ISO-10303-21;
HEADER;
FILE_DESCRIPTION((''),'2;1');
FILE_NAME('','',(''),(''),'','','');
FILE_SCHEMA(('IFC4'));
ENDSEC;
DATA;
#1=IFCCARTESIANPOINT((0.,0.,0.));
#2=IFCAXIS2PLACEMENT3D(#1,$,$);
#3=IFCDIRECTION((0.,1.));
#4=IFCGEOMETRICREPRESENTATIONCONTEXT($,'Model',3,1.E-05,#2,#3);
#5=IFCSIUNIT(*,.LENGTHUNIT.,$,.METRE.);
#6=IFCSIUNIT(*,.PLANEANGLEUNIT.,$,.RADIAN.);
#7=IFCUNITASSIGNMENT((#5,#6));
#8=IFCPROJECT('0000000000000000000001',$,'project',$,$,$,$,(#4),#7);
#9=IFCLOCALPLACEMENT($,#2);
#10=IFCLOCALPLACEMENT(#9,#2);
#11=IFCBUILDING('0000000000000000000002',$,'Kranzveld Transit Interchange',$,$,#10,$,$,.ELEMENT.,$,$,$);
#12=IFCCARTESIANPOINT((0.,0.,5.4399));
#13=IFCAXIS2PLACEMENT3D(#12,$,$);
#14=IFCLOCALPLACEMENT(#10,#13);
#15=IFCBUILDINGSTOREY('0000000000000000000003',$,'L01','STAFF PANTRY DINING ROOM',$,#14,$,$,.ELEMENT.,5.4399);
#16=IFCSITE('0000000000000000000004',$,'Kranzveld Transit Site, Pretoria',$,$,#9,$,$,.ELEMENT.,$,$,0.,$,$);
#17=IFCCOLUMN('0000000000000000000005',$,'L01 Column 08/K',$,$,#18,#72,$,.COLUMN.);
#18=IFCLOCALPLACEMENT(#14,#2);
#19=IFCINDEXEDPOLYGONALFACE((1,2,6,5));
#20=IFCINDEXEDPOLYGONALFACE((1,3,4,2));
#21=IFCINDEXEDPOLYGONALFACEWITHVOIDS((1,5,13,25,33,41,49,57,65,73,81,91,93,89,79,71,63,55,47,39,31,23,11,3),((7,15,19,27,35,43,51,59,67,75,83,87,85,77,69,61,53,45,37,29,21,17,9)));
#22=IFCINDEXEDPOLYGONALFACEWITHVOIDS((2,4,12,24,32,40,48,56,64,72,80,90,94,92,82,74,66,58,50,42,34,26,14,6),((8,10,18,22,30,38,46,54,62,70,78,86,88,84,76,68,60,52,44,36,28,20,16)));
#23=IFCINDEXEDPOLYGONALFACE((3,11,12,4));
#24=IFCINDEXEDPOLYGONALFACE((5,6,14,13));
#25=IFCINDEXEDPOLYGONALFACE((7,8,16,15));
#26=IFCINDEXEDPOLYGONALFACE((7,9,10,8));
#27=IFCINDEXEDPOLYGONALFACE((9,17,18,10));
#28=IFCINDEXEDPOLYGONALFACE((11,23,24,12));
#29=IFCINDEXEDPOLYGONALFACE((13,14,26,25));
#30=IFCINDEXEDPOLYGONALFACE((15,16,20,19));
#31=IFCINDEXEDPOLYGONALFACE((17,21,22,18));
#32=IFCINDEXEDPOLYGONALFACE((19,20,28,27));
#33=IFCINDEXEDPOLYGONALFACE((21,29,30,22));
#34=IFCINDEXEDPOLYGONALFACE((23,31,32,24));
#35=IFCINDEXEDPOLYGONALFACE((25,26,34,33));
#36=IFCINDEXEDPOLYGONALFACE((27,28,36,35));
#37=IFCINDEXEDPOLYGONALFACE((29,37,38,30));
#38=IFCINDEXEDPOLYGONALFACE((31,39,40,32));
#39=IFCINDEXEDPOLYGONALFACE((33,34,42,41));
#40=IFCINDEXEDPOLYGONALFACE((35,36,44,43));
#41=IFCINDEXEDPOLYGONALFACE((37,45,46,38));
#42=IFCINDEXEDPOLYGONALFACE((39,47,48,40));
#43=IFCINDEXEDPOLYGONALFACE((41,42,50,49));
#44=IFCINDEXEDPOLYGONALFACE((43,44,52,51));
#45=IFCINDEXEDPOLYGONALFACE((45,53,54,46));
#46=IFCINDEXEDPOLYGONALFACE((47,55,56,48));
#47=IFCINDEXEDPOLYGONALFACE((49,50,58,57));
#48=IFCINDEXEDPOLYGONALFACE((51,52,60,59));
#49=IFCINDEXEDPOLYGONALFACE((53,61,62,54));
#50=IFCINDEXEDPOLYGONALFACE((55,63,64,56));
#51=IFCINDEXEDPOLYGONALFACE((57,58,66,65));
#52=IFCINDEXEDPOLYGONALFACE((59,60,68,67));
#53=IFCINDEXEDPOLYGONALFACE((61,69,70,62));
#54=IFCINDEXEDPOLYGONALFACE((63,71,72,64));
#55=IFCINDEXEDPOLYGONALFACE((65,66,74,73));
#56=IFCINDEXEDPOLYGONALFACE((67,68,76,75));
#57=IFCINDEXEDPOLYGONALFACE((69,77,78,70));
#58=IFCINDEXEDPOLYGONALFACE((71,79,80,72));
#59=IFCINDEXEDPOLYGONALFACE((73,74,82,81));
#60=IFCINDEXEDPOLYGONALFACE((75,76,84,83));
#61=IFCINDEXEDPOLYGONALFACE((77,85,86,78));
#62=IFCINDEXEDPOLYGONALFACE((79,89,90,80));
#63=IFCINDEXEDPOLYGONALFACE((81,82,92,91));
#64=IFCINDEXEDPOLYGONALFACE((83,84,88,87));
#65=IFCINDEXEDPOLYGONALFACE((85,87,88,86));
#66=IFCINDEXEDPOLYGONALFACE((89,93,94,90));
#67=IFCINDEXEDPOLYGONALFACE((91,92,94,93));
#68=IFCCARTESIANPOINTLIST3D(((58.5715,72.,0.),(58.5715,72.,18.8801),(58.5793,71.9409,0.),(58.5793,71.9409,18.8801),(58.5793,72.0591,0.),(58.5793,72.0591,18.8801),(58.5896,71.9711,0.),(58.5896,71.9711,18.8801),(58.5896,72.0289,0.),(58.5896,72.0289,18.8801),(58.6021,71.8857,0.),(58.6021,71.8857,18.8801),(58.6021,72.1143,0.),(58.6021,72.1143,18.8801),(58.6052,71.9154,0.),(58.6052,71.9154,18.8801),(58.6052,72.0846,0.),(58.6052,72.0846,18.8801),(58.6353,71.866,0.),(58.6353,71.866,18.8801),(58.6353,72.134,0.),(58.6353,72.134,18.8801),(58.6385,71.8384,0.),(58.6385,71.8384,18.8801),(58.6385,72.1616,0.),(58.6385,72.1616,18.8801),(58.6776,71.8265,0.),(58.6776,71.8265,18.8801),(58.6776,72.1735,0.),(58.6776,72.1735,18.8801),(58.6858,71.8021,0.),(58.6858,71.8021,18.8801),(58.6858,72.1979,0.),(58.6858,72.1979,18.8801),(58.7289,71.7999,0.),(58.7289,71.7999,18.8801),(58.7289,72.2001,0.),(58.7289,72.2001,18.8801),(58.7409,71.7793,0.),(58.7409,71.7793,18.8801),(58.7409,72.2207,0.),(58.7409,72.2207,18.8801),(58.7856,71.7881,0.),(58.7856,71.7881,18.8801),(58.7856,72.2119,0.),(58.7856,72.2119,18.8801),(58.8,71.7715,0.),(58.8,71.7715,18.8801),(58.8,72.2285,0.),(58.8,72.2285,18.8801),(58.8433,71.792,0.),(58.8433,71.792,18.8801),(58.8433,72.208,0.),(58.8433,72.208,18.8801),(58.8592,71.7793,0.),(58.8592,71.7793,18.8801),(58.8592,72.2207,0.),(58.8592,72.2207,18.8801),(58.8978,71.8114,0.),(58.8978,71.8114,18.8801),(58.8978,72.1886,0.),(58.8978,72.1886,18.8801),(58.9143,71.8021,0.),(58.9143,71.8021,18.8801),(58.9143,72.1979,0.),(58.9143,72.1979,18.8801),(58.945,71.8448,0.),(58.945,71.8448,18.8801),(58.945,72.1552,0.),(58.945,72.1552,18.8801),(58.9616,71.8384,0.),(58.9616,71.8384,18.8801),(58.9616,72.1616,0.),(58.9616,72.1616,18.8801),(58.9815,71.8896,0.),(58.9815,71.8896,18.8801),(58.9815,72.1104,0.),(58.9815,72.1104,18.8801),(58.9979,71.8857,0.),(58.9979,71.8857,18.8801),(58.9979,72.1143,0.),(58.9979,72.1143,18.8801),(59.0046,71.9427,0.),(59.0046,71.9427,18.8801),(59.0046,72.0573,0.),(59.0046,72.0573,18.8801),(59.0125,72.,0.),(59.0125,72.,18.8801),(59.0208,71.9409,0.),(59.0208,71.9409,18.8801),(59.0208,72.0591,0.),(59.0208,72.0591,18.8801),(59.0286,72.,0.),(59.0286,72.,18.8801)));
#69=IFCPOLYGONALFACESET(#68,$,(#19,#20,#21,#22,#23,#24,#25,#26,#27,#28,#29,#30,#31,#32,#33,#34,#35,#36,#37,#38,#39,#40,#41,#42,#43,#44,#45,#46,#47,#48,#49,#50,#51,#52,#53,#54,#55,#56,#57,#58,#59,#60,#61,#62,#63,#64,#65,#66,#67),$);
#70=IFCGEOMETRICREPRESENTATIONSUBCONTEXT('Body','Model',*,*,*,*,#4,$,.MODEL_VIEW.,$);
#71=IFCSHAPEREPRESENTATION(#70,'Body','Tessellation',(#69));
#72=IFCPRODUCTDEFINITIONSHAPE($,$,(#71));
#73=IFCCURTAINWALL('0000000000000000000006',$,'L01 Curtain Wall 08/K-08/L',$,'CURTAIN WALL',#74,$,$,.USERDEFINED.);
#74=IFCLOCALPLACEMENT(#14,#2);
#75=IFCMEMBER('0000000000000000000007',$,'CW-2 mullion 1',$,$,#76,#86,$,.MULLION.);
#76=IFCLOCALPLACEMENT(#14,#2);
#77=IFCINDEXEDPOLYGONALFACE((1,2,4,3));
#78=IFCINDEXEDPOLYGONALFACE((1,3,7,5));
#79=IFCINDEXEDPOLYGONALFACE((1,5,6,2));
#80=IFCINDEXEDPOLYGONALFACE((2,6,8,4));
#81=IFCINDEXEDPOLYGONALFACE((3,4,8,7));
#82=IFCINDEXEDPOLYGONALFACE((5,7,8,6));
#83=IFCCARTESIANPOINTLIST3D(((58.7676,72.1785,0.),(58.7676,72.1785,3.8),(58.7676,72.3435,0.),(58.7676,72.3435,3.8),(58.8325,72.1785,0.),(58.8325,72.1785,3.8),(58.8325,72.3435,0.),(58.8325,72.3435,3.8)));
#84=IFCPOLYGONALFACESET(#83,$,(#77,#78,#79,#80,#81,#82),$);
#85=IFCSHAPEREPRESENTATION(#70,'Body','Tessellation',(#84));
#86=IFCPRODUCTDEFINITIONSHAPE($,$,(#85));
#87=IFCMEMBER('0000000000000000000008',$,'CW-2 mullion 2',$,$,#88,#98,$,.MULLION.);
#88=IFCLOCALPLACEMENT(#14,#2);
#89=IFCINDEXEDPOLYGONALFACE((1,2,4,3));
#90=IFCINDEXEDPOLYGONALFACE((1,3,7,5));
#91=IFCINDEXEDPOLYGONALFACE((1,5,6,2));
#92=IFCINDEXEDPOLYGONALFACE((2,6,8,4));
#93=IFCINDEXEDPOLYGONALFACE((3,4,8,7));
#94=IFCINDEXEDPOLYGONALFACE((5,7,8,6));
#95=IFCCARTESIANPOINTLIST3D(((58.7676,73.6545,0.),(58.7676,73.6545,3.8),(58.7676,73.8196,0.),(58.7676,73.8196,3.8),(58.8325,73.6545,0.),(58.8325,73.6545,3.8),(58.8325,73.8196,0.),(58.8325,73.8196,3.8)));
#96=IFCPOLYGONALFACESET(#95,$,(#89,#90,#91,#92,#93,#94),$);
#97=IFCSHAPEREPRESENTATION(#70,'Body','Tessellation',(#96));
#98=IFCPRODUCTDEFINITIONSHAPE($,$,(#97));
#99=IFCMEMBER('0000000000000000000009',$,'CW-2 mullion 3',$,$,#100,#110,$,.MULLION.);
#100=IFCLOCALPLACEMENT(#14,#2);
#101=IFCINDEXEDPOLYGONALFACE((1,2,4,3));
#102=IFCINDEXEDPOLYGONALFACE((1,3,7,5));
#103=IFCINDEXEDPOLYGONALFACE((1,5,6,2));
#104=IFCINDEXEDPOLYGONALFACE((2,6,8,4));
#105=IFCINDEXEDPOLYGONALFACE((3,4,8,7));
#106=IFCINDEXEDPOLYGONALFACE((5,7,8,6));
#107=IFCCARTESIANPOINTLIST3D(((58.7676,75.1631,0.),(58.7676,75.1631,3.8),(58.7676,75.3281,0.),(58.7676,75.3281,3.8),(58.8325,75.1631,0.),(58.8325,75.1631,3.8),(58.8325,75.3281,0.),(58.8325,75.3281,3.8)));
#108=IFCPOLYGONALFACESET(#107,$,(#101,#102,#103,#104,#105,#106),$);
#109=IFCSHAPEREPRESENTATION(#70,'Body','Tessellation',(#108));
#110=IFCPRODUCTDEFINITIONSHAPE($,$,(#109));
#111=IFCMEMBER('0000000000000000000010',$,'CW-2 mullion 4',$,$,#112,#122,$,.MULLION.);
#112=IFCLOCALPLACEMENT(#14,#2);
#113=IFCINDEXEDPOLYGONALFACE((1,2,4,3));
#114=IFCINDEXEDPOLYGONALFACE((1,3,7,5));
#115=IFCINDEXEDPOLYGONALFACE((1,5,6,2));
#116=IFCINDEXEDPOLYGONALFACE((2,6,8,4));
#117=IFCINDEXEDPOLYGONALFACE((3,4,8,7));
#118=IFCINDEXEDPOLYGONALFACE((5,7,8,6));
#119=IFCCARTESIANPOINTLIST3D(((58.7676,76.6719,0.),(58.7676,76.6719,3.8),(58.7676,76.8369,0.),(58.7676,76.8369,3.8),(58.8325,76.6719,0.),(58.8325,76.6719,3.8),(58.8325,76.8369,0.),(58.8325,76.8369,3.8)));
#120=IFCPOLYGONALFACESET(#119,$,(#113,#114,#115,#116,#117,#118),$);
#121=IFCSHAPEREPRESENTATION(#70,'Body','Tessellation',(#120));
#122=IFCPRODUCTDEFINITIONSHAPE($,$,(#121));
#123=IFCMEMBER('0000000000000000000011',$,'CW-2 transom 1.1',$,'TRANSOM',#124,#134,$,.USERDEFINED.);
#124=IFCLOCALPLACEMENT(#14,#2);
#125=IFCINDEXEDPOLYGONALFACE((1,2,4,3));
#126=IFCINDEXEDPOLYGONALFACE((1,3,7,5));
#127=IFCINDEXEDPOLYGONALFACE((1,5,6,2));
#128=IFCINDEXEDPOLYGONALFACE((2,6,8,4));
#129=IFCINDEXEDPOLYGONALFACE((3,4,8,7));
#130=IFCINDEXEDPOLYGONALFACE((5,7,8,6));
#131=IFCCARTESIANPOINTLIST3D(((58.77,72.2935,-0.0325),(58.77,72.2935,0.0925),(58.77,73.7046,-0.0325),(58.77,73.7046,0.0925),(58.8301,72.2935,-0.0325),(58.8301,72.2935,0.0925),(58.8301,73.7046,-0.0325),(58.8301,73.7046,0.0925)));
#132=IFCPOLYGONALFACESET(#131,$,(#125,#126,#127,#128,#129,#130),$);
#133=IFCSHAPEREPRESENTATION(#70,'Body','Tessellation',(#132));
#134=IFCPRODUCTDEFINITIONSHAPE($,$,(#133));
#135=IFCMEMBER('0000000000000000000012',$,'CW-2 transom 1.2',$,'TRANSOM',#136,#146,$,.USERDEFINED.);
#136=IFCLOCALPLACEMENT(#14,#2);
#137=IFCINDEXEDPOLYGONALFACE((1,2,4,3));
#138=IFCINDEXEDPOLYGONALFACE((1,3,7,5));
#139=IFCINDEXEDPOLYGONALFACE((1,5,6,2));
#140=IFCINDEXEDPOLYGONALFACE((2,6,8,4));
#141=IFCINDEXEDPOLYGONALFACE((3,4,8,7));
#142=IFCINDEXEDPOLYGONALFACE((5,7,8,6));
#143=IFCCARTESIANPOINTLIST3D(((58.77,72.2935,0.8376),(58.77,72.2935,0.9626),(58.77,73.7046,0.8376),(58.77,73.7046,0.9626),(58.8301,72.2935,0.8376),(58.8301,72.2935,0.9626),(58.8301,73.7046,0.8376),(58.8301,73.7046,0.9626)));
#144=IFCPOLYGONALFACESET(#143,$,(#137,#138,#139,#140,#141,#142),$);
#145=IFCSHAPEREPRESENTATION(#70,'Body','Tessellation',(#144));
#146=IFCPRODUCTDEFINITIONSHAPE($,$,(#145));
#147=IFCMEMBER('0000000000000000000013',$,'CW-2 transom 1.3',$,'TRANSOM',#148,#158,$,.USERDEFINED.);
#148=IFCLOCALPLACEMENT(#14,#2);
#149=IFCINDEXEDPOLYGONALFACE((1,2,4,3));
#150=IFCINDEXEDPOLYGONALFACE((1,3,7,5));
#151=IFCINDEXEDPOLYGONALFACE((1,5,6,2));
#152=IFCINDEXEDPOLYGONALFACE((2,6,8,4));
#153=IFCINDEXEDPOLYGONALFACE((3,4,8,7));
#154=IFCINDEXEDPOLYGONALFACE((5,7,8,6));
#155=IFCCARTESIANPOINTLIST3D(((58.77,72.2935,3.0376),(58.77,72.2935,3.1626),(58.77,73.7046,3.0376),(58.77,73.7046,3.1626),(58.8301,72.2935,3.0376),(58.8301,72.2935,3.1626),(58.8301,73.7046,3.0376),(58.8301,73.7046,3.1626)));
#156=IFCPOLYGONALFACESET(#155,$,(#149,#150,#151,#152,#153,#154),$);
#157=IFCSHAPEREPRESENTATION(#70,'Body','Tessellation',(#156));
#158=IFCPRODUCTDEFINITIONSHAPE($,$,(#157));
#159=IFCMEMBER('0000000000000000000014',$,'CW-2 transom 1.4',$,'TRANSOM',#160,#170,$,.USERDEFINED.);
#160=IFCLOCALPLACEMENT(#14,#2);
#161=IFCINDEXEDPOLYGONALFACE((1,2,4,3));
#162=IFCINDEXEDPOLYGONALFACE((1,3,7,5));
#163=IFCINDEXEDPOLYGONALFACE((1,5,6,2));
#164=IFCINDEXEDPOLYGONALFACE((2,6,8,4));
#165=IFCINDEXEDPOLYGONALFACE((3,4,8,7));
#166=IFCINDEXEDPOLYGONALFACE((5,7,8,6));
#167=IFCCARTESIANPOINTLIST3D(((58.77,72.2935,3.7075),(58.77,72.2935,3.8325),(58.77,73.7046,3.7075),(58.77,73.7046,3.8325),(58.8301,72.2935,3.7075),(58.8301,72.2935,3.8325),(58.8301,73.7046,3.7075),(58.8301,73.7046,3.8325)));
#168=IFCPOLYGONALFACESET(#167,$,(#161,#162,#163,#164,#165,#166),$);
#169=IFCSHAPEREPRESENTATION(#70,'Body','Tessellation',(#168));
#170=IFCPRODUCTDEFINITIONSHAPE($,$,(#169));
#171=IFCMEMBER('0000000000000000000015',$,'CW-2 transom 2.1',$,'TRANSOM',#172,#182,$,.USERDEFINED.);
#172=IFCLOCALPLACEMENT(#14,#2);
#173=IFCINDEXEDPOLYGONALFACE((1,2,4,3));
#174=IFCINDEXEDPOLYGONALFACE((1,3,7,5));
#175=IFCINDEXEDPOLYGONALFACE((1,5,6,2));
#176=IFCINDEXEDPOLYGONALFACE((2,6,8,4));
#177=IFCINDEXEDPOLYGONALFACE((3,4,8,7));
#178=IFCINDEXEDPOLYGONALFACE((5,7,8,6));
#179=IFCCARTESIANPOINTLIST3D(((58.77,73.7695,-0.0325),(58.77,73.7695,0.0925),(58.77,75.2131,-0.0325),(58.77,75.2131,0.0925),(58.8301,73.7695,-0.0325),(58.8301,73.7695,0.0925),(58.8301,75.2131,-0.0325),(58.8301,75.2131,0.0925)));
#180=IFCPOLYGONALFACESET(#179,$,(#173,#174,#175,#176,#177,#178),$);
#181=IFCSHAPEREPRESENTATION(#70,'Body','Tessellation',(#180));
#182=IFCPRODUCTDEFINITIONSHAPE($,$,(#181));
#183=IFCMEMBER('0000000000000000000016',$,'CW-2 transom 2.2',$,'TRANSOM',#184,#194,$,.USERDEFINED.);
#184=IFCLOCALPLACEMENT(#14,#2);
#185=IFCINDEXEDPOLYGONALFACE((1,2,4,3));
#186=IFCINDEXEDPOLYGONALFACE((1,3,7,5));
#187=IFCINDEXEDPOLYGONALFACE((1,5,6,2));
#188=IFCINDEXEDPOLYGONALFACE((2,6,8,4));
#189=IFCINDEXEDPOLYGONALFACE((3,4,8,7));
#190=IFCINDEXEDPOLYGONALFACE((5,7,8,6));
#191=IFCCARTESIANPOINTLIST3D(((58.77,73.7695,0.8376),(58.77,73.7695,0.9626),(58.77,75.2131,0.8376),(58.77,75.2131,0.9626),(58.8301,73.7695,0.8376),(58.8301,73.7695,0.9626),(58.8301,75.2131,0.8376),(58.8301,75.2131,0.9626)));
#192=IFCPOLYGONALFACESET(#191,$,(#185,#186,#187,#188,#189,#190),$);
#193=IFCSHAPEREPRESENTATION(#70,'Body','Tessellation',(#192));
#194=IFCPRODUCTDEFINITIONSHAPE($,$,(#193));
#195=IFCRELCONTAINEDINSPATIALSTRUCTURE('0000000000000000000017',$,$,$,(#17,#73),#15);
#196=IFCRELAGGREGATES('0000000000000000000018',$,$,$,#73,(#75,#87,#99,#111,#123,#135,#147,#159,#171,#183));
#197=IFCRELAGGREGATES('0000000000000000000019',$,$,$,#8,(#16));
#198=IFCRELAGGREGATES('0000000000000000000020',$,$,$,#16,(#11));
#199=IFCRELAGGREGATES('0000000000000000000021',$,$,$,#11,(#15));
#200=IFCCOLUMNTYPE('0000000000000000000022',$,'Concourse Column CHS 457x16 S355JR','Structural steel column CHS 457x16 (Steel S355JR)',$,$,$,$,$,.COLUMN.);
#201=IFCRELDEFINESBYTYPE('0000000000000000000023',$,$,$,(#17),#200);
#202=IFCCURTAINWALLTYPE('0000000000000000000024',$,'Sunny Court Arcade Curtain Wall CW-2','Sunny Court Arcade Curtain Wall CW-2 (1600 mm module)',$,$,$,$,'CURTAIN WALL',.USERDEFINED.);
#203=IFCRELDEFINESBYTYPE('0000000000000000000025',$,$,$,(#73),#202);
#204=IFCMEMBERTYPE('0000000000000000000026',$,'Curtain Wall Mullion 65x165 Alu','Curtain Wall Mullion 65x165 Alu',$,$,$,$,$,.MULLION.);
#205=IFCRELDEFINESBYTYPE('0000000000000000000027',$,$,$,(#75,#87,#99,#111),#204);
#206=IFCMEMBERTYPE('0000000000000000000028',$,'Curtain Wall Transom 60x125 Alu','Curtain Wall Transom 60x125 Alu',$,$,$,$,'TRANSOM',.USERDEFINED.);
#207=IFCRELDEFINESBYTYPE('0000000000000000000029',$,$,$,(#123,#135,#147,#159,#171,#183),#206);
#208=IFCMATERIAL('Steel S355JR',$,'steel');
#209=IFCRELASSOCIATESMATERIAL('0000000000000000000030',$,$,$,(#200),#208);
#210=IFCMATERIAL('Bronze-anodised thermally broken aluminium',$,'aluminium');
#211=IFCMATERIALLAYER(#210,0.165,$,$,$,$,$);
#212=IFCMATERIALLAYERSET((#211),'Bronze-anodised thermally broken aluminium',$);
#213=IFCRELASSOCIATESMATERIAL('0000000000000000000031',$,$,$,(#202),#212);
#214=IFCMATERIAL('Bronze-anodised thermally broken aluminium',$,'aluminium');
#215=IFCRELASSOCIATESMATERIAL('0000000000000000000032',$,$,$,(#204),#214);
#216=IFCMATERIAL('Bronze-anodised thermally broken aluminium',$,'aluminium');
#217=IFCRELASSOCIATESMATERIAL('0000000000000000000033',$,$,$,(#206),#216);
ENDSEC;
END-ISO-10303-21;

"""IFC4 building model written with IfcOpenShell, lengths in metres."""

from ifc_helpers import new_model, si_unit, direction, frame, origin, origin_2d, place, context, subcontext, project, spatial, rectangle, hollow_circle, extrude, material, layer, layer_set, material_profile, profile_set, type_object, element, aggregate, save


model = new_model("IFC4")

# Units and contexts
model_context = context("Model", 3, precision=1e-05, world=origin(), true_north=direction((0.0, 1.0)))
body_context = subcontext(model_context, "Body", "Model", "MODEL_VIEW")
ifc_project = project(units=[si_unit("LENGTHUNIT", "METRE"), si_unit("PLANEANGLEUNIT", "RADIAN")], contexts=[model_context])

# Site, building, storey
site_placement = place(None, origin())
site = spatial("IfcSite", under=ifc_project, at=site_placement, Name="Kranzveld Transit Site, Pretoria", CompositionType="ELEMENT", RefElevation=0.0)
building_placement = place(site_placement, origin())
building = spatial("IfcBuilding", under=site, at=building_placement, Name="Kranzveld Transit Interchange", CompositionType="ELEMENT")
storey_placement = place(building_placement, frame((0.0, 0.0, 5.4399)))
storey = spatial("IfcBuildingStorey", under=building, at=storey_placement, Name="L01", Description="STAFF PANTRY DINING ROOM", CompositionType="ELEMENT", Elevation=5.4399)

# Column
ifc_material_1 = material(Name="Steel S355JR", Category="steel")
ifc_material_profile_1 = material_profile(ifc_material_1, hollow_circle(Radius=0.2285, WallThickness=0.0161, at=origin_2d()), Name="CHS 457x16")
ifc_profile_set_1 = profile_set([ifc_material_profile_1], Name="Steel S355JR")
column_type = type_object("IfcColumnType", Name="Concourse Column CHS 457x16 S355JR", Description="Structural steel column CHS 457x16 (Steel S355JR)", PredefinedType="COLUMN", material=ifc_profile_set_1)
column_placement = place(storey_placement, frame((58.8, 72.0, 0.0), z_axis=(0.0, 0.0, 1.0), x_axis=(1.0, 0.0, 0.0)))
element("IfcColumn", 1, at=column_placement, inside=storey, type_object=column_type, Name="L01 Column 08/K", PredefinedType="COLUMN", context=body_context, shape_type="SweptSolid", body=[
    extrude(hollow_circle(Radius=0.2285, WallThickness=0.0161, at=origin_2d()), origin(), (0.0, 0.0, 1.0), 18.8801),
])

# Curtain wall, members
ifc_material_2 = material(Name="Bronze-anodised thermally broken aluminium", Category="aluminium")
ifc_layer_1 = layer(ifc_material_2, 0.165)
ifc_layer_set_1 = layer_set([ifc_layer_1], Name="Bronze-anodised thermally broken aluminium")
curtain_wall_type = type_object("IfcCurtainWallType", Name="Sunny Court Arcade Curtain Wall CW-2", Description="Sunny Court Arcade Curtain Wall CW-2 (1600 mm module)", ElementType="CURTAIN WALL", PredefinedType="USERDEFINED", material=ifc_layer_set_1)
curtain_wall_placement = place(storey_placement, origin())
curtain_wall = element("IfcCurtainWall", 2, at=curtain_wall_placement, inside=storey, type_object=curtain_wall_type, Name="L01 Curtain Wall 08/K-08/L", ObjectType="CURTAIN WALL", PredefinedType="USERDEFINED")
ifc_material_3 = material(Name="Bronze-anodised thermally broken aluminium", Category="aluminium")
ifc_material_profile_2 = material_profile(ifc_material_3, rectangle(XDim=0.0649, YDim=0.165, at=origin_2d()), Name="ALU MULLION 65x165")
ifc_profile_set_2 = profile_set([ifc_material_profile_2], Name="Bronze-anodised thermally broken aluminium")
member_type_1 = type_object("IfcMemberType", Name="Curtain Wall Mullion 65x165 Alu", Description="Curtain Wall Mullion 65x165 Alu", PredefinedType="MULLION", material=ifc_profile_set_2)
member_1_placement = place(storey_placement, frame((58.8, 72.261, 0.0), z_axis=(0.0, 0.0, 1.0), x_axis=(-1.0, 0.0, 0.0)))
member_1 = element("IfcMember", 3, at=member_1_placement, type_object=member_type_1, Name="CW-2 mullion 1", PredefinedType="MULLION", context=body_context, shape_type="SweptSolid", body=[
    extrude(rectangle(XDim=0.0649, YDim=0.165, at=origin_2d()), origin(), (0.0, 0.0, 1.0), 3.8),
])
member_2_placement = place(storey_placement, frame((58.8, 73.7371, 0.0), z_axis=(0.0, 0.0, 1.0), x_axis=(-1.0, 0.0, 0.0)))
member_2 = element("IfcMember", 4, at=member_2_placement, type_object=member_type_1, Name="CW-2 mullion 2", PredefinedType="MULLION", context=body_context, shape_type="SweptSolid", body=[
    extrude(rectangle(XDim=0.0649, YDim=0.165, at=origin_2d()), origin(), (0.0, 0.0, 1.0), 3.8),
])
member_3_placement = place(storey_placement, frame((58.8, 75.2456, 0.0), z_axis=(0.0, 0.0, 1.0), x_axis=(-1.0, 0.0, 0.0)))
member_3 = element("IfcMember", 5, at=member_3_placement, type_object=member_type_1, Name="CW-2 mullion 3", PredefinedType="MULLION", context=body_context, shape_type="SweptSolid", body=[
    extrude(rectangle(XDim=0.0649, YDim=0.165, at=origin_2d()), origin(), (0.0, 0.0, 1.0), 3.8),
])
member_4_placement = place(storey_placement, frame((58.8, 76.7544, 0.0), z_axis=(0.0, 0.0, 1.0), x_axis=(-1.0, 0.0, 0.0)))
member_4 = element("IfcMember", 6, at=member_4_placement, type_object=member_type_1, Name="CW-2 mullion 4", PredefinedType="MULLION", context=body_context, shape_type="SweptSolid", body=[
    extrude(rectangle(XDim=0.0649, YDim=0.165, at=origin_2d()), origin(), (0.0, 0.0, 1.0), 3.8),
])
ifc_material_4 = material(Name="Bronze-anodised thermally broken aluminium", Category="aluminium")
ifc_material_profile_3 = material_profile(ifc_material_4, rectangle(XDim=0.0601, YDim=0.125, at=origin_2d()), Name="ALU TRANSOM 60x125")
ifc_profile_set_3 = profile_set([ifc_material_profile_3], Name="Bronze-anodised thermally broken aluminium")
member_type_2 = type_object("IfcMemberType", Name="Curtain Wall Transom 60x125 Alu", Description="Curtain Wall Transom 60x125 Alu", ElementType="TRANSOM", PredefinedType="USERDEFINED", material=ifc_profile_set_3)
member_5_placement = place(storey_placement, frame((58.8, 72.2935, 0.03), z_axis=(0.0, 1.0, 0.0), x_axis=(-1.0, 0.0, 0.0)))
member_5 = element("IfcMember", 7, at=member_5_placement, type_object=member_type_2, Name="CW-2 transom 1.1", ObjectType="TRANSOM", PredefinedType="USERDEFINED", context=body_context, shape_type="SweptSolid", body=[
    extrude(rectangle(XDim=0.0601, YDim=0.125, at=origin_2d()), origin(), (0.0, 0.0, 1.0), 1.4111),
])
member_6_placement = place(storey_placement, frame((58.8, 72.2935, 0.9001), z_axis=(0.0, 1.0, 0.0), x_axis=(-1.0, 0.0, 0.0)))
member_6 = element("IfcMember", 8, at=member_6_placement, type_object=member_type_2, Name="CW-2 transom 1.2", ObjectType="TRANSOM", PredefinedType="USERDEFINED", context=body_context, shape_type="SweptSolid", body=[
    extrude(rectangle(XDim=0.0601, YDim=0.125, at=origin_2d()), origin(), (0.0, 0.0, 1.0), 1.4111),
])
member_7_placement = place(storey_placement, frame((58.8, 72.2935, 3.1001), z_axis=(0.0, 1.0, 0.0), x_axis=(-1.0, 0.0, 0.0)))
member_7 = element("IfcMember", 9, at=member_7_placement, type_object=member_type_2, Name="CW-2 transom 1.3", ObjectType="TRANSOM", PredefinedType="USERDEFINED", context=body_context, shape_type="SweptSolid", body=[
    extrude(rectangle(XDim=0.0601, YDim=0.125, at=origin_2d()), origin(), (0.0, 0.0, 1.0), 1.4111),
])
member_8_placement = place(storey_placement, frame((58.8, 72.2935, 3.77), z_axis=(0.0, 1.0, 0.0), x_axis=(-1.0, 0.0, 0.0)))
member_8 = element("IfcMember", 10, at=member_8_placement, type_object=member_type_2, Name="CW-2 transom 1.4", ObjectType="TRANSOM", PredefinedType="USERDEFINED", context=body_context, shape_type="SweptSolid", body=[
    extrude(rectangle(XDim=0.0601, YDim=0.125, at=origin_2d()), origin(), (0.0, 0.0, 1.0), 1.4111),
])
member_9_placement = place(storey_placement, frame((58.8, 73.7695, 0.03), z_axis=(0.0, 1.0, 0.0), x_axis=(-1.0, 0.0, 0.0)))
member_9 = element("IfcMember", 11, at=member_9_placement, type_object=member_type_2, Name="CW-2 transom 2.1", ObjectType="TRANSOM", PredefinedType="USERDEFINED", context=body_context, shape_type="SweptSolid", body=[
    extrude(rectangle(XDim=0.0601, YDim=0.125, at=origin_2d()), origin(), (0.0, 0.0, 1.0), 1.4436),
])
member_10_placement = place(storey_placement, frame((58.8, 73.7695, 0.9001), z_axis=(0.0, 1.0, 0.0), x_axis=(-1.0, 0.0, 0.0)))
member_10 = element("IfcMember", 12, at=member_10_placement, type_object=member_type_2, Name="CW-2 transom 2.2", ObjectType="TRANSOM", PredefinedType="USERDEFINED", context=body_context, shape_type="SweptSolid", body=[
    extrude(rectangle(XDim=0.0601, YDim=0.125, at=origin_2d()), origin(), (0.0, 0.0, 1.0), 1.4436),
])
aggregate(curtain_wall, [member_1, member_2, member_3, member_4, member_5, member_6, member_7, member_8, member_9, member_10])

save(model, "model.ifc")
